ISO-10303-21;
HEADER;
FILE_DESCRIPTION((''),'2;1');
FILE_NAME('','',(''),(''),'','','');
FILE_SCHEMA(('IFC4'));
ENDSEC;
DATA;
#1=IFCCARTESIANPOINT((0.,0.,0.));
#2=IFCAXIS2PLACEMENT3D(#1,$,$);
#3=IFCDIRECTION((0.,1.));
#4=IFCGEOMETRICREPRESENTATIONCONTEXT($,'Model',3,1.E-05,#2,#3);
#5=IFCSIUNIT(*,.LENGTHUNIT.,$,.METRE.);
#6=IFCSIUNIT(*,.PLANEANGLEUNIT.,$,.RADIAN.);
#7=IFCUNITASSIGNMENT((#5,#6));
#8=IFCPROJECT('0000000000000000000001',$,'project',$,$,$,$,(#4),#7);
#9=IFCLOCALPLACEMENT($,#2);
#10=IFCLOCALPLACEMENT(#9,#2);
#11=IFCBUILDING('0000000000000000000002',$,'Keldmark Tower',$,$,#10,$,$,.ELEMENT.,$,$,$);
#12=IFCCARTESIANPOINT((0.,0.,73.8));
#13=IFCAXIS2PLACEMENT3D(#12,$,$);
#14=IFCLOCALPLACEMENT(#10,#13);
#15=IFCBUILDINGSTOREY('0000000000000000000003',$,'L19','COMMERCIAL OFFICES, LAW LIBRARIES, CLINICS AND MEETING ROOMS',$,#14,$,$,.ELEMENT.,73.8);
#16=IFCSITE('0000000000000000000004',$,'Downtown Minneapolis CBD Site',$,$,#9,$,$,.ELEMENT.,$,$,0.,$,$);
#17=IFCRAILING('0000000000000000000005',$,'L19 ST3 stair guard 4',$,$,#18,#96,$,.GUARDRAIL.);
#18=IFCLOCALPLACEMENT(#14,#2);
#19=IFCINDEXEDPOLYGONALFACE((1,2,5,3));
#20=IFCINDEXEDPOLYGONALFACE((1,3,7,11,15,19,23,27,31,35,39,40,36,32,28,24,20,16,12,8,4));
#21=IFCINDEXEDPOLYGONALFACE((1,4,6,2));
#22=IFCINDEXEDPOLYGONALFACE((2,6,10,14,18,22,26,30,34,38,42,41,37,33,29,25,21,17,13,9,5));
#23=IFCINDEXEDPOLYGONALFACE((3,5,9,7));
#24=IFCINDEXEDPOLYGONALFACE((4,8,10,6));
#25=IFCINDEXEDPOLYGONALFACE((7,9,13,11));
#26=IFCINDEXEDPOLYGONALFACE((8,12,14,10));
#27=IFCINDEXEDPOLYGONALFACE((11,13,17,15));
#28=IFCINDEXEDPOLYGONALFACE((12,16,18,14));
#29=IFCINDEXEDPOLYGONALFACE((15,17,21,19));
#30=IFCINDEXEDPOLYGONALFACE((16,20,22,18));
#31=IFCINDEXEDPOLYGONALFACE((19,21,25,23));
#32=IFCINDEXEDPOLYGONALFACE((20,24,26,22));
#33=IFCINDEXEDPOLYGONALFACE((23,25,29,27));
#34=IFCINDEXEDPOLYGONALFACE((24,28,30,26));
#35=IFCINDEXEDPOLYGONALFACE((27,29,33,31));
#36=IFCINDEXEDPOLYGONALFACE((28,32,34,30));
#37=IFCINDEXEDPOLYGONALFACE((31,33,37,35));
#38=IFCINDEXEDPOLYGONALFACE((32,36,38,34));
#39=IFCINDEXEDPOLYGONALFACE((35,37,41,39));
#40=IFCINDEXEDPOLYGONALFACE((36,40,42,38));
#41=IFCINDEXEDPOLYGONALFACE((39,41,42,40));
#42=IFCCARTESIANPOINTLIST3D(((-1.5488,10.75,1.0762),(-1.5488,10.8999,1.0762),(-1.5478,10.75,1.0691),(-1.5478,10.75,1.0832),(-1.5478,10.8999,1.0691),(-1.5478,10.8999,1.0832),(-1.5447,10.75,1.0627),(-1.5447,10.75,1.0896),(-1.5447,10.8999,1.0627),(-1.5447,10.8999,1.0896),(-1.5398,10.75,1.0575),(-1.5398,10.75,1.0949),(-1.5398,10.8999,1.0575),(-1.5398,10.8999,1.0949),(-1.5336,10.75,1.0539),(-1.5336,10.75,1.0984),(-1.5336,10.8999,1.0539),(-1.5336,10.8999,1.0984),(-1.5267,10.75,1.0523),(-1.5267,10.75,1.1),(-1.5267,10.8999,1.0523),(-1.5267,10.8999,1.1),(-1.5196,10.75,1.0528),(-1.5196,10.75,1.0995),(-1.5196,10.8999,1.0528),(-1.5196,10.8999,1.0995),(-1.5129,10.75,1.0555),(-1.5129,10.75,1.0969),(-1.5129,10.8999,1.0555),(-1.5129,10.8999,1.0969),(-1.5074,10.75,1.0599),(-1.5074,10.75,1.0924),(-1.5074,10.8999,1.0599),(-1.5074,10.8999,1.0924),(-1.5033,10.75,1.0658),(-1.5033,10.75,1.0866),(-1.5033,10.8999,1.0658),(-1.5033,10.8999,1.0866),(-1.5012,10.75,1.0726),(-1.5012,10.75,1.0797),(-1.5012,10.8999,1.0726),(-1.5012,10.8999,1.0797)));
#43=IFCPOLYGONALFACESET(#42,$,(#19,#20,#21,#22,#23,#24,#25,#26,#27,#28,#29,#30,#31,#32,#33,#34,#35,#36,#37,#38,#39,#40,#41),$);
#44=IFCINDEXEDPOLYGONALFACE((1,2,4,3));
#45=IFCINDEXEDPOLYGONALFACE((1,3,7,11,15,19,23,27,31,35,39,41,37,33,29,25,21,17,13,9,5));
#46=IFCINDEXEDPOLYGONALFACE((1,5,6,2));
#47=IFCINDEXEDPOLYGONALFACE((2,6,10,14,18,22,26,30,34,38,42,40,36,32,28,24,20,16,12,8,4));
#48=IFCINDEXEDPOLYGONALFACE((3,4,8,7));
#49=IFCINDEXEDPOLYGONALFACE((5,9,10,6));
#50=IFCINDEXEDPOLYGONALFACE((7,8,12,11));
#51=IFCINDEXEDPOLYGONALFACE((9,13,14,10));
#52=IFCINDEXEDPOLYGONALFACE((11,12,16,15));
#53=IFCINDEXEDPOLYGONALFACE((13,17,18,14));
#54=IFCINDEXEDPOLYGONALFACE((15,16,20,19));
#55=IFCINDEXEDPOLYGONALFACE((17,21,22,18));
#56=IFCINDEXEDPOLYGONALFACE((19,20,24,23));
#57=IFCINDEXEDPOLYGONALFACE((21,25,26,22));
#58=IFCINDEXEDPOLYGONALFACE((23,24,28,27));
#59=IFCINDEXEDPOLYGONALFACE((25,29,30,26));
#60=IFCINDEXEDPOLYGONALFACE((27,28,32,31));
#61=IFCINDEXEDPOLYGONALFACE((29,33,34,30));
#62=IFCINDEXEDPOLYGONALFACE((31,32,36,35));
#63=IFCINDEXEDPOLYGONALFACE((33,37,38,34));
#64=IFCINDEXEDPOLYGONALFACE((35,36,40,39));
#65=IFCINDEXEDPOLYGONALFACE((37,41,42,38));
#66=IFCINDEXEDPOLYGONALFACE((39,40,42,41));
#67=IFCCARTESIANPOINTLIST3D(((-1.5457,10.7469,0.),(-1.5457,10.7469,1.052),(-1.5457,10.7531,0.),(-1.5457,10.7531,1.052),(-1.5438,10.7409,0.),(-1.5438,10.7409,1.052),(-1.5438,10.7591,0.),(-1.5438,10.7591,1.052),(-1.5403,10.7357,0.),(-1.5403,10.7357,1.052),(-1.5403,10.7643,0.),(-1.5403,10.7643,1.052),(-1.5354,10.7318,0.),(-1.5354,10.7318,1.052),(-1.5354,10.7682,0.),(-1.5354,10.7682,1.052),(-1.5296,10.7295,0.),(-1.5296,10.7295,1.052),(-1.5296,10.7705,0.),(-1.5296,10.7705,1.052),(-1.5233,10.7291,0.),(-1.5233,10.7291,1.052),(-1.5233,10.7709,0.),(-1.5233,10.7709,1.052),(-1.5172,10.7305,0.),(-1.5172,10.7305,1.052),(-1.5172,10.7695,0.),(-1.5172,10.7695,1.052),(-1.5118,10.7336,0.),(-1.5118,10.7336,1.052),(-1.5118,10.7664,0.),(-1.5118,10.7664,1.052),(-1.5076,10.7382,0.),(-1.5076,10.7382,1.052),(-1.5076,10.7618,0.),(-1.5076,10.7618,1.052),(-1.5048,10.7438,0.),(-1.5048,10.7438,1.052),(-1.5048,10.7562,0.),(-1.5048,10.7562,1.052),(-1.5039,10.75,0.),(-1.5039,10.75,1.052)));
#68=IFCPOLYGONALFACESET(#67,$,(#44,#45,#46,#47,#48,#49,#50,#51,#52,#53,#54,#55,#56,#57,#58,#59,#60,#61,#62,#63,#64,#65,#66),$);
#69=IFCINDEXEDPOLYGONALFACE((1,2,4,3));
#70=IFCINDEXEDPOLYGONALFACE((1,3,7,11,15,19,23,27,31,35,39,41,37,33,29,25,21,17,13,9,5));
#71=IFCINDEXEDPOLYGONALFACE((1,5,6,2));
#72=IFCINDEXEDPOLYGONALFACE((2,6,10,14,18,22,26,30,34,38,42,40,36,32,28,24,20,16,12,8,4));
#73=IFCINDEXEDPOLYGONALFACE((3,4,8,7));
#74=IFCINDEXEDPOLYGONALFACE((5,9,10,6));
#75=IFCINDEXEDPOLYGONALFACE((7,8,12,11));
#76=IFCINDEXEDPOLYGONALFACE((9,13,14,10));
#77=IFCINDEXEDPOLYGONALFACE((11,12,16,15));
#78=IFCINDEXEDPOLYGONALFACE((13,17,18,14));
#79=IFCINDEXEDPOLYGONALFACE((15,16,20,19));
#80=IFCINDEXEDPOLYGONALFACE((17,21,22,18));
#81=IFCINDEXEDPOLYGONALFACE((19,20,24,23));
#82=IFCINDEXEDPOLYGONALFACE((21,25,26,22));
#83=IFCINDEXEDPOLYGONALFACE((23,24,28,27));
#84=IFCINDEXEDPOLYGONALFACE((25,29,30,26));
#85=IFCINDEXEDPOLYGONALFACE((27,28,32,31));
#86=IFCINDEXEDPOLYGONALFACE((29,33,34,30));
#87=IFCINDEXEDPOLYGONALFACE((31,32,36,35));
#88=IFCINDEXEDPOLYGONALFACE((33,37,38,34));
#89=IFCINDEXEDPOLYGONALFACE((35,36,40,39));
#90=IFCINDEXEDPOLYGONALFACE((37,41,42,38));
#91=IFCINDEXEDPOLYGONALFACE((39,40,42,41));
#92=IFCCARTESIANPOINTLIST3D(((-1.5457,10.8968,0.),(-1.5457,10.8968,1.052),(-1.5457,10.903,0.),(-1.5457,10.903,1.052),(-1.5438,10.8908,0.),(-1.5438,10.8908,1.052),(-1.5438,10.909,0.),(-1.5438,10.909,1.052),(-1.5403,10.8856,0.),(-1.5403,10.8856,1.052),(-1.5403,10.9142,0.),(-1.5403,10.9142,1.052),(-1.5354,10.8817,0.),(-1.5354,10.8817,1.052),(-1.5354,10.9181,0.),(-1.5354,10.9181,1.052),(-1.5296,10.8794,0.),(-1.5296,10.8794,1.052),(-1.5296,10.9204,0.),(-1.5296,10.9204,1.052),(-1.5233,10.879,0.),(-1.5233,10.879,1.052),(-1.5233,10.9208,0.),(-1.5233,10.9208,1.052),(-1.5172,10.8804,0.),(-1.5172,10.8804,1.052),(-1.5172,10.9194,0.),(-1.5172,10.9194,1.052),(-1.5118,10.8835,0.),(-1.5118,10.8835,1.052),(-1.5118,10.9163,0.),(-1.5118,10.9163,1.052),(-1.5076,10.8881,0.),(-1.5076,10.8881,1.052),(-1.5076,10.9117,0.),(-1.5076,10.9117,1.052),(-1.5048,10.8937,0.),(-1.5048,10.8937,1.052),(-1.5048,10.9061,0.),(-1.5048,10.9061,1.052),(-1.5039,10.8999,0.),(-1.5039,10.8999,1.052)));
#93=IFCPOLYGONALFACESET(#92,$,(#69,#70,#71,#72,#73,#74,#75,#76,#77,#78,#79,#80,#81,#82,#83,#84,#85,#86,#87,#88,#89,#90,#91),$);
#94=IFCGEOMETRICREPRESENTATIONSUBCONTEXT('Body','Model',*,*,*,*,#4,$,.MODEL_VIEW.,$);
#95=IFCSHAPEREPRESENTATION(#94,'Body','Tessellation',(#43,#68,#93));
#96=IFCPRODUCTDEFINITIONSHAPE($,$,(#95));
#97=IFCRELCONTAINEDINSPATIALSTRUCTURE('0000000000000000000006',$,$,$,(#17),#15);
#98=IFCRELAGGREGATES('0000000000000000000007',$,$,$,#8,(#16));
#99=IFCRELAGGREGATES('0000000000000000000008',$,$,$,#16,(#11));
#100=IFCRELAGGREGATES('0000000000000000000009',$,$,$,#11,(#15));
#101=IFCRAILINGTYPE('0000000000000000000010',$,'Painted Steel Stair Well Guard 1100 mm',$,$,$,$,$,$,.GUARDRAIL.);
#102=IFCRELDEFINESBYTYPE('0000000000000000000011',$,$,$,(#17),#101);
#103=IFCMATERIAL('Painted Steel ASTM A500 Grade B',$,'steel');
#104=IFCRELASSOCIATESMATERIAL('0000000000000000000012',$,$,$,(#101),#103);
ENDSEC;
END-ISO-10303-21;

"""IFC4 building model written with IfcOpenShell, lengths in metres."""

from ifc_helpers import new_model, si_unit, direction, frame, origin, origin_2d, place, context, subcontext, project, spatial, circle, extrude, material, type_object, element, save


model = new_model("IFC4")

# Units and contexts
model_context = context("Model", 3, precision=1e-05, world=origin(), true_north=direction((0.0, 1.0)))
body_context = subcontext(model_context, "Body", "Model", "MODEL_VIEW")
ifc_project = project(units=[si_unit("LENGTHUNIT", "METRE"), si_unit("PLANEANGLEUNIT", "RADIAN")], contexts=[model_context])

# Site, building, storey
site_placement = place(None, origin())
site = spatial("IfcSite", under=ifc_project, at=site_placement, Name="Downtown Minneapolis CBD Site", CompositionType="ELEMENT", RefElevation=0.0)
building_placement = place(site_placement, origin())
building = spatial("IfcBuilding", under=site, at=building_placement, Name="Keldmark Tower", CompositionType="ELEMENT")
storey_placement = place(building_placement, frame((0.0, 0.0, 73.8)))
storey = spatial("IfcBuildingStorey", under=building, at=storey_placement, Name="L19", Description="COMMERCIAL OFFICES, LAW LIBRARIES, CLINICS AND MEETING ROOMS", CompositionType="ELEMENT", Elevation=73.8)

# Railing
ifc_material_1 = material(Name="Painted Steel ASTM A500 Grade B", Category="steel")
railing_type = type_object("IfcRailingType", Name="Painted Steel Stair Well Guard 1100 mm", PredefinedType="GUARDRAIL", material=ifc_material_1)
railing_1_placement = place(storey_placement, frame((-1.5249, 10.75, 0.0)))
element("IfcRailing", 1, at=railing_1_placement, inside=storey, type_object=railing_type, Name="L19 ST3 stair guard 4", PredefinedType="GUARDRAIL", context=body_context, shape_type="SweptSolid", body=[
    extrude(circle(Radius=0.0239, at=origin_2d()), frame((0.0, 0.0, 1.0762), z_axis=(0.0, 1.0, 0.0), x_axis=(-1.0, 0.0, 0.0)), (0.0, 0.0, 1.0), 0.1499),
    extrude(circle(Radius=0.021, at=origin_2d()), origin(), (0.0, 0.0, 1.0), 1.052),
    extrude(circle(Radius=0.021, at=origin_2d()), frame((0.0, 0.1499, 0.0)), (0.0, 0.0, 1.0), 1.052),
])

save(model, "model.ifc")
